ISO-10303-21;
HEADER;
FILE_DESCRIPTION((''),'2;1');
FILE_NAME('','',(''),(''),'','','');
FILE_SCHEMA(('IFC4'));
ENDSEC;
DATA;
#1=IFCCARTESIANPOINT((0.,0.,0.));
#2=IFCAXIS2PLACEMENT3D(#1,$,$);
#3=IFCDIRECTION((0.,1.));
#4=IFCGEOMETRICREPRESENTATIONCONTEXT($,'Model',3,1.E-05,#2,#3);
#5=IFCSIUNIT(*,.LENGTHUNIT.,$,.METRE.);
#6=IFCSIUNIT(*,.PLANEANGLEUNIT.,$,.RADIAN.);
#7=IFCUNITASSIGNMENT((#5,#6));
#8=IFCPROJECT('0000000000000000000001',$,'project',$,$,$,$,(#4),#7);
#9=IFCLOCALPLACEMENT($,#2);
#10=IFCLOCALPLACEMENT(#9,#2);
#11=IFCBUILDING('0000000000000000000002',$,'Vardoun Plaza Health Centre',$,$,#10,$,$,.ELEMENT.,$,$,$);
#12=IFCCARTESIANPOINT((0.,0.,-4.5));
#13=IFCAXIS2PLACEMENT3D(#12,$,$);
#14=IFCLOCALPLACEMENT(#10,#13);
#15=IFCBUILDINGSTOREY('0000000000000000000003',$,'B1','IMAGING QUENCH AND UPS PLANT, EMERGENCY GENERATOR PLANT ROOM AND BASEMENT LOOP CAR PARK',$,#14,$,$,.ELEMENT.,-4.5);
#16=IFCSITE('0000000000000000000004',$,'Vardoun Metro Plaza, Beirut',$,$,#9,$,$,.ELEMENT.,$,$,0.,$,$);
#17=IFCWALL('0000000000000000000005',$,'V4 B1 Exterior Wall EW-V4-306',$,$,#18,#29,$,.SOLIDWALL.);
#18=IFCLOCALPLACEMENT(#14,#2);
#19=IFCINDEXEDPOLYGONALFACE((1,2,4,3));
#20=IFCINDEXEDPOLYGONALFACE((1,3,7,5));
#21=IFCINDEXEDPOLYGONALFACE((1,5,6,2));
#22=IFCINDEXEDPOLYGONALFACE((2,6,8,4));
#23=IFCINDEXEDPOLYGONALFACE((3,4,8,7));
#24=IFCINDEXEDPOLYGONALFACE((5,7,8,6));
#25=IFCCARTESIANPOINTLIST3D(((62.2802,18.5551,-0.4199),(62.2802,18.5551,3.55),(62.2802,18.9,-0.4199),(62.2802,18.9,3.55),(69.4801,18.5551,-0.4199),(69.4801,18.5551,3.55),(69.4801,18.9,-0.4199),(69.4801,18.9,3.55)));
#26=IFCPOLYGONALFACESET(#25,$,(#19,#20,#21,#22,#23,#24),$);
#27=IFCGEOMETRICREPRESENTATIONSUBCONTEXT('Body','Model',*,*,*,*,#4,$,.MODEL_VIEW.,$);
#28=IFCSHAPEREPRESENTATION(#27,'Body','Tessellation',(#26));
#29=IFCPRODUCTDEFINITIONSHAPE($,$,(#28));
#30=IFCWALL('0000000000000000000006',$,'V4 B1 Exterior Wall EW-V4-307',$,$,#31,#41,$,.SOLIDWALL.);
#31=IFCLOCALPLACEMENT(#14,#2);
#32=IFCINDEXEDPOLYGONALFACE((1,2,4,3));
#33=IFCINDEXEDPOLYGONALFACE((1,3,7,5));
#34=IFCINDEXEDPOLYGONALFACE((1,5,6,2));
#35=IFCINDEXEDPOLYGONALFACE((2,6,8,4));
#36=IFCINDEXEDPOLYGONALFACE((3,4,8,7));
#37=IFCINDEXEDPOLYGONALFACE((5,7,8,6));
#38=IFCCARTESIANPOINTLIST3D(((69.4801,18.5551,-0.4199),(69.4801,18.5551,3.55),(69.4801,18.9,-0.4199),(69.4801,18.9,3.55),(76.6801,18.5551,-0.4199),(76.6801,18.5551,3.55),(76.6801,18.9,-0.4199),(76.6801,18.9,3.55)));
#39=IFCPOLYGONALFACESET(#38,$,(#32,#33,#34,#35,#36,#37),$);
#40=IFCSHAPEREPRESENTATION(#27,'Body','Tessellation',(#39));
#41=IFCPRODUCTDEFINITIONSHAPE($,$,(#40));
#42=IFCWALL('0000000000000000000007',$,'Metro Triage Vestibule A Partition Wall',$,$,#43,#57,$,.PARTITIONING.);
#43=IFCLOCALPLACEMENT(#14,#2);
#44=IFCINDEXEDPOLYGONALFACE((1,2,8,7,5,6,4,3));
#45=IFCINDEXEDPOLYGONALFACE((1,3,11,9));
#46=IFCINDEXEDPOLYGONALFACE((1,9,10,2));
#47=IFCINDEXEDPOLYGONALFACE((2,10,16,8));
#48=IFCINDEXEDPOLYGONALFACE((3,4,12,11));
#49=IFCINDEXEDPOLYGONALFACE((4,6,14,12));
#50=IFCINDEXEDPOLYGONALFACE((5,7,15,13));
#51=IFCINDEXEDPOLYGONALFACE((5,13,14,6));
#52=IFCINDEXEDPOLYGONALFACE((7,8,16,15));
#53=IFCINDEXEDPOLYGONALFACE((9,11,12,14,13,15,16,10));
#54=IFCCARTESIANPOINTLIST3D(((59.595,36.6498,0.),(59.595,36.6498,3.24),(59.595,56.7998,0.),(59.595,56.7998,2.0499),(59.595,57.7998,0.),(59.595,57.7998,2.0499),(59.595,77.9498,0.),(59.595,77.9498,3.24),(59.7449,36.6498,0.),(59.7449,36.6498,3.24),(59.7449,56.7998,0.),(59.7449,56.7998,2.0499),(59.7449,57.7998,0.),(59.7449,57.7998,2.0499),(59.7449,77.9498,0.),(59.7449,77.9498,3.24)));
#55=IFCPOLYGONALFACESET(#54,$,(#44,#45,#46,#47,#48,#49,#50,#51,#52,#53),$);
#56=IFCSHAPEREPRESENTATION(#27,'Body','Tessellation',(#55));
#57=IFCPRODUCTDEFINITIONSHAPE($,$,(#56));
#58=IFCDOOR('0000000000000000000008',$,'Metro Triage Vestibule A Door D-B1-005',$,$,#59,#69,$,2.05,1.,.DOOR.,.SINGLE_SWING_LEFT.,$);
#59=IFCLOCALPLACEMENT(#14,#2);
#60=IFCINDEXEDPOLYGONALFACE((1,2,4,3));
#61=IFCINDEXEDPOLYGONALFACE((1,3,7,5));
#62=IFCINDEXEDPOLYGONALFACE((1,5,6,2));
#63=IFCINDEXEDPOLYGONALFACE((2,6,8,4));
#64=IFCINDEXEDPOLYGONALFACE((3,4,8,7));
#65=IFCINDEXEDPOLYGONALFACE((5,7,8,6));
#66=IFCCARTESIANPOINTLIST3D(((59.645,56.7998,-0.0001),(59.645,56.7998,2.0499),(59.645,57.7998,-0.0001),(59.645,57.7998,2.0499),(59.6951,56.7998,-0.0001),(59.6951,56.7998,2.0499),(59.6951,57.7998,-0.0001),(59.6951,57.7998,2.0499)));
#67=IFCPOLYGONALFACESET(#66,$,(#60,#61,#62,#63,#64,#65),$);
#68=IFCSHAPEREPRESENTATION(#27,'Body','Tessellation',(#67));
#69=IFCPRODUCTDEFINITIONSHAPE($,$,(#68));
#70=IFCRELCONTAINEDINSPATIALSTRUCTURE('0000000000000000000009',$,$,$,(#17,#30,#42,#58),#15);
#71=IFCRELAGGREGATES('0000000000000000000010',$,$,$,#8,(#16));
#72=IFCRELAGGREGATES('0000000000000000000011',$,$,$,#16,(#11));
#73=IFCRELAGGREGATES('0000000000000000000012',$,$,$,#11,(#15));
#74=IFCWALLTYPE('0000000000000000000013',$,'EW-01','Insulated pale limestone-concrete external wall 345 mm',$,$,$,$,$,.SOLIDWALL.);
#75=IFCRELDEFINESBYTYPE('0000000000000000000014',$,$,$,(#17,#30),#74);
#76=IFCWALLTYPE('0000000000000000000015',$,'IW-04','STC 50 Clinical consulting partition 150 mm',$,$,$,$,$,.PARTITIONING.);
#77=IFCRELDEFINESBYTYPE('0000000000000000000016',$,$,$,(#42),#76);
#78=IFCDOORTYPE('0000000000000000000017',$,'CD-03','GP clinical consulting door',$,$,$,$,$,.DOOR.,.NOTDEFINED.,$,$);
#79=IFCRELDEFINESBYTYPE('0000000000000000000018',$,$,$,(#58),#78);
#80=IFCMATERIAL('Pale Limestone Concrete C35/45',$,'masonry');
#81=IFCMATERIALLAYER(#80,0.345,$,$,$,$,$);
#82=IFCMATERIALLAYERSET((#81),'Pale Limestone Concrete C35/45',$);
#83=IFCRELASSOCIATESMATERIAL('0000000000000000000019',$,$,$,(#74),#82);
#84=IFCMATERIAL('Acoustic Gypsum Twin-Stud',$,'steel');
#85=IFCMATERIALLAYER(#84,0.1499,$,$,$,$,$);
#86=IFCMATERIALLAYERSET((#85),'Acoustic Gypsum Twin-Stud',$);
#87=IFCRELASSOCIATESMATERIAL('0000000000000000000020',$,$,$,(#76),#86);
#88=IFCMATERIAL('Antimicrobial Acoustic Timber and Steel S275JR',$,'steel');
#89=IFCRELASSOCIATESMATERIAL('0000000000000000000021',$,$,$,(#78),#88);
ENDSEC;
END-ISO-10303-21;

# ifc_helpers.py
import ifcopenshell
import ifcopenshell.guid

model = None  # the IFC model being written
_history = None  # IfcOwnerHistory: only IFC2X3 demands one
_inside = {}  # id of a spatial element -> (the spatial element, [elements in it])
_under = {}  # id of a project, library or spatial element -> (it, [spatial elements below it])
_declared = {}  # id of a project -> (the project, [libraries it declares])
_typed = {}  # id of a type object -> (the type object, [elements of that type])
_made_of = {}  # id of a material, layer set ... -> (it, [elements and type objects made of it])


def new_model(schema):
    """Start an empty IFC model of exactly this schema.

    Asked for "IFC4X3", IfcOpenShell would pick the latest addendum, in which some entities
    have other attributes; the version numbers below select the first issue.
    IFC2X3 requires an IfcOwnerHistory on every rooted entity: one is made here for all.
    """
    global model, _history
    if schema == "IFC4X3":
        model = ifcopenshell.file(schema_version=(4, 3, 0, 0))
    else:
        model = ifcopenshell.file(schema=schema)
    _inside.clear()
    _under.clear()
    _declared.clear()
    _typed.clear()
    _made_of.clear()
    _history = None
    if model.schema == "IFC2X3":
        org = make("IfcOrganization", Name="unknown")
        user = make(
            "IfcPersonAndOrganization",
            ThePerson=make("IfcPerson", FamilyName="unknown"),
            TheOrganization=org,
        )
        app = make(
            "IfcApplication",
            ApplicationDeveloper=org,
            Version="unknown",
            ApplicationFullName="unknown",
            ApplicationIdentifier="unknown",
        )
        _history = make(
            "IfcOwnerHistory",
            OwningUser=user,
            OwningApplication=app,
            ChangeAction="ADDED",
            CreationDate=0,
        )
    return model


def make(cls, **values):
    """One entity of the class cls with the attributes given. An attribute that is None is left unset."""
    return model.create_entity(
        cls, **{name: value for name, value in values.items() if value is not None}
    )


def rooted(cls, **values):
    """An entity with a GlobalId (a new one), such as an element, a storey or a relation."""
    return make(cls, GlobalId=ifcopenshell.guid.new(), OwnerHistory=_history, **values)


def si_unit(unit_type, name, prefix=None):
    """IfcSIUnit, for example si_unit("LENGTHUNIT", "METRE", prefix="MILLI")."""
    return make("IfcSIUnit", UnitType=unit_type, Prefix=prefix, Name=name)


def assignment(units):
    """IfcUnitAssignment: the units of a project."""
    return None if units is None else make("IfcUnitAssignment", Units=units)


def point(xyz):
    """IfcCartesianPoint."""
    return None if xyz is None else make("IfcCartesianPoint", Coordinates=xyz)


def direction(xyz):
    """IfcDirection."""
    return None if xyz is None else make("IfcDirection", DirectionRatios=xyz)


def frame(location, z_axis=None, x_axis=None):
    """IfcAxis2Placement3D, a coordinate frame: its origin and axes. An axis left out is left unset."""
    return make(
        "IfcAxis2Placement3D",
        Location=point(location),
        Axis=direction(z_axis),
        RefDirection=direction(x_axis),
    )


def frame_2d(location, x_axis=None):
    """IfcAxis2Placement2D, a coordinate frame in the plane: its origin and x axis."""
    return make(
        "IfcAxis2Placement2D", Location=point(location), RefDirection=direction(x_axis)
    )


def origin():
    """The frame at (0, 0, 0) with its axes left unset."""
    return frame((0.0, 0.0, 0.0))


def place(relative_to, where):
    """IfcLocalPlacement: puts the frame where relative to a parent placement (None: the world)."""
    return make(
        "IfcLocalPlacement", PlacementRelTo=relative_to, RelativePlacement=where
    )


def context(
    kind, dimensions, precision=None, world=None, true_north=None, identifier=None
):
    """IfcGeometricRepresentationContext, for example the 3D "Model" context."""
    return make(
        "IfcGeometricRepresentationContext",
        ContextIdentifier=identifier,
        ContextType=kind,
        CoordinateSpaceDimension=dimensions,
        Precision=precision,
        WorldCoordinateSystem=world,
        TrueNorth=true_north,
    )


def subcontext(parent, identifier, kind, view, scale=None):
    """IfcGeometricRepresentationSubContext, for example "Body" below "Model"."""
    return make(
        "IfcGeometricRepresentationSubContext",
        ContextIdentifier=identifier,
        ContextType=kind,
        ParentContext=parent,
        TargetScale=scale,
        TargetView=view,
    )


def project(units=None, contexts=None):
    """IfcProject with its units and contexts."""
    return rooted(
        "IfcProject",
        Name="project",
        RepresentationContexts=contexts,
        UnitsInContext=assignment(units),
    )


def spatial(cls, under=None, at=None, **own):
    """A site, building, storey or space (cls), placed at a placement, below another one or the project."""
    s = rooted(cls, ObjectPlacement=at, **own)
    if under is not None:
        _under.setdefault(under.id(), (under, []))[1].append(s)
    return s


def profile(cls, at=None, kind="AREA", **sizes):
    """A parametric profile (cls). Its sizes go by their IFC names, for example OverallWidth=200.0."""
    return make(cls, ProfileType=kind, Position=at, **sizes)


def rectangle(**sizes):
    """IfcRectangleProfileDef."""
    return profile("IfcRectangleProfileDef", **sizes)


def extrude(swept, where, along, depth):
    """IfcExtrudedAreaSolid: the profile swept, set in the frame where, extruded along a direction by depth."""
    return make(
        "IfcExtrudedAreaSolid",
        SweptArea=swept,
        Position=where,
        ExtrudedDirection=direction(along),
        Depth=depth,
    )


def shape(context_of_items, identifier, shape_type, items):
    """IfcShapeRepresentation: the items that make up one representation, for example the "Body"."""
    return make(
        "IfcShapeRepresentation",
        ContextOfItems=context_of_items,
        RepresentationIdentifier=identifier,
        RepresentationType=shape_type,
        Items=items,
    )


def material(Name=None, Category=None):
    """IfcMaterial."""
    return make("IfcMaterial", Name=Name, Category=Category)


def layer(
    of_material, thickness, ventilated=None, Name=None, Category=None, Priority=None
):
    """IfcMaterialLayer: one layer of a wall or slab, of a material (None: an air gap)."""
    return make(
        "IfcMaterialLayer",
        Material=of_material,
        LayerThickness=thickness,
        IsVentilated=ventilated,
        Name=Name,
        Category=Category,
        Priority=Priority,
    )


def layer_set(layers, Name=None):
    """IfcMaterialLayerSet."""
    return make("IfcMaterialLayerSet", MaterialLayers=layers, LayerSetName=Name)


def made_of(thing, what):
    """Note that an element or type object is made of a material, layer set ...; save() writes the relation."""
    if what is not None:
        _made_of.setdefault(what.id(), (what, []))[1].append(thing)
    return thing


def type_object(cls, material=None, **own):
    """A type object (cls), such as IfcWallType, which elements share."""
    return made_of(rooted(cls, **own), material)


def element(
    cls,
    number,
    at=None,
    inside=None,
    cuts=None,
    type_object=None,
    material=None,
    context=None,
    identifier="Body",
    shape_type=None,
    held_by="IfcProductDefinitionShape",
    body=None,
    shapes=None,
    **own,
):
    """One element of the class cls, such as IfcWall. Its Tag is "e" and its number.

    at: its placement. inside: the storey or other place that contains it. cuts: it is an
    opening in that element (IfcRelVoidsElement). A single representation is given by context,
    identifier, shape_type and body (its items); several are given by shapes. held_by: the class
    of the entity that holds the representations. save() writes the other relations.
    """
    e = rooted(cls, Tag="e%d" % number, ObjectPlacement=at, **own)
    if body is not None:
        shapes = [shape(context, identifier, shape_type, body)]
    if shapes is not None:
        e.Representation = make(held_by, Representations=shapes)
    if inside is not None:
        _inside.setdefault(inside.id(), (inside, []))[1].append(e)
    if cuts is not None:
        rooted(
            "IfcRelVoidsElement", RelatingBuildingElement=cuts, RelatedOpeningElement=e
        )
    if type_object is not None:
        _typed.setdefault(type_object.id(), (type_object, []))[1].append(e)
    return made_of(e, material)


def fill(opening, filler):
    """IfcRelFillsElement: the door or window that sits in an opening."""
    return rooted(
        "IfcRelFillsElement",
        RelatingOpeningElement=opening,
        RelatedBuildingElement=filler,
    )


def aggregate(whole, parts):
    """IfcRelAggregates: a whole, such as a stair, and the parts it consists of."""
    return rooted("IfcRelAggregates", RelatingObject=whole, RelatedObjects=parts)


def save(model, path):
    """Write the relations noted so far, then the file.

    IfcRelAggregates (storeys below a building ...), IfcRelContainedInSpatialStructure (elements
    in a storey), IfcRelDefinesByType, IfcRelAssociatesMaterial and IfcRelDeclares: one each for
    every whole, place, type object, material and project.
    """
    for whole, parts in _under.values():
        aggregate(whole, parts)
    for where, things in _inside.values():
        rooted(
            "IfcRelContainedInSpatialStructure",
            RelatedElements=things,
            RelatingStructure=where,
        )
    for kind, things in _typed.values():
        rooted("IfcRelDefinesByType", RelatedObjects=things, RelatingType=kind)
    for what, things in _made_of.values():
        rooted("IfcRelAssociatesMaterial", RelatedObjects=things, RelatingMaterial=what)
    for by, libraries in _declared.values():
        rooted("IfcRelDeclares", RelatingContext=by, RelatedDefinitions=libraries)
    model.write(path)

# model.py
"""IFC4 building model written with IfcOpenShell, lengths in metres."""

from ifc_helpers import new_model, si_unit, direction, frame, frame_2d, origin, place, context, subcontext, project, spatial, rectangle, extrude, material, layer, layer_set, type_object, element, fill, save


model = new_model("IFC4")

# Units and contexts
model_context = context("Model", 3, precision=1e-05, world=origin(), true_north=direction((0.0, 1.0)))
body_context = subcontext(model_context, "Body", "Model", "MODEL_VIEW")
ifc_project = project(units=[si_unit("LENGTHUNIT", "METRE"), si_unit("PLANEANGLEUNIT", "RADIAN")], contexts=[model_context])

# Site, building, storey
site_placement = place(None, origin())
site = spatial("IfcSite", under=ifc_project, at=site_placement, Name="Vardoun Metro Plaza, Beirut", CompositionType="ELEMENT", RefElevation=0.0)
building_placement = place(site_placement, origin())
building = spatial("IfcBuilding", under=site, at=building_placement, Name="Vardoun Plaza Health Centre", CompositionType="ELEMENT")
storey_placement = place(building_placement, frame((0.0, 0.0, -4.5)))
storey = spatial("IfcBuildingStorey", under=building, at=storey_placement, Name="B1", Description="IMAGING QUENCH AND UPS PLANT, EMERGENCY GENERATOR PLANT ROOM AND BASEMENT LOOP CAR PARK", CompositionType="ELEMENT", Elevation=-4.5)

# Walls
ifc_material_1 = material(Name="Pale Limestone Concrete C35/45", Category="masonry")
ifc_layer_1 = layer(ifc_material_1, 0.345)
ifc_layer_set_1 = layer_set([ifc_layer_1], Name="Pale Limestone Concrete C35/45")
wall_type_1 = type_object("IfcWallType", Name="EW-01", Description="Insulated pale limestone-concrete external wall 345 mm", PredefinedType="SOLIDWALL", material=ifc_layer_set_1)
for number, where, z_axis, x_axis, name in (
    (1, (62.28, 18.7275, -0.4199), (0.0, 0.0, 1.0), (1.0, 0.0, 0.0), "V4 B1 Exterior Wall EW-V4-306"),
    (2, (69.48, 18.7275, -0.4199), (0.0, 0.0, 1.0), (1.0, 0.0, 0.0), "V4 B1 Exterior Wall EW-V4-307"),
):
    element("IfcWall", number, at=place(storey_placement, frame(where, z_axis=z_axis, x_axis=x_axis)), inside=storey, type_object=wall_type_1, Name=name, PredefinedType="SOLIDWALL", context=body_context, shape_type="SweptSolid", body=[
        extrude(rectangle(XDim=7.2, YDim=0.345, at=frame_2d((3.6001, 0.0))), origin(), (0.0, 0.0, 1.0), 3.97),
    ])

# Wall, opening, door
ifc_material_2 = material(Name="Acoustic Gypsum Twin-Stud", Category="steel")
ifc_layer_2 = layer(ifc_material_2, 0.1499)
ifc_layer_set_2 = layer_set([ifc_layer_2], Name="Acoustic Gypsum Twin-Stud")
wall_type_2 = type_object("IfcWallType", Name="IW-04", Description="STC 50 Clinical consulting partition 150 mm", PredefinedType="PARTITIONING", material=ifc_layer_set_2)
wall_1_placement = place(storey_placement, frame((59.6699, 36.6499, 0.0), z_axis=(0.0, 0.0, 1.0), x_axis=(0.0, 1.0, 0.0)))
wall_1 = element("IfcWall", 3, at=wall_1_placement, inside=storey, type_object=wall_type_2, Name="Metro Triage Vestibule A Partition Wall", PredefinedType="PARTITIONING", context=body_context, shape_type="SweptSolid", body=[
    extrude(rectangle(XDim=41.3, YDim=0.1499, at=frame_2d((20.6499, 0.0))), origin(), (0.0, 0.0, 1.0), 3.24),
])
opening_1_placement = place(wall_1_placement, frame((20.1499, 0.0, 0.0)))
opening_1 = element("IfcOpeningElement", 4, at=opening_1_placement, cuts=wall_1, PredefinedType="OPENING", context=body_context, shape_type="SweptSolid", body=[
    extrude(rectangle(XDim=1.0, YDim=2.05, at=frame_2d((0.5, 1.0249))), frame((0.0, 0.075, 0.0), z_axis=(0.0, -1.0, 0.0), x_axis=(1.0, 0.0, 0.0)), (0.0, 0.0, 1.0), 0.1499),
])
ifc_material_3 = material(Name="Antimicrobial Acoustic Timber and Steel S275JR", Category="steel")
door_type_1 = type_object("IfcDoorType", Name="CD-03", Description="GP clinical consulting door", OperationType="NOTDEFINED", PredefinedType="DOOR", material=ifc_material_3)
door_1_placement = place(opening_1_placement, origin())
door_1 = element("IfcDoor", 5, at=door_1_placement, inside=storey, type_object=door_type_1, Name="Metro Triage Vestibule A Door D-B1-005", OperationType="SINGLE_SWING_LEFT", OverallHeight=2.05, OverallWidth=1.0, PredefinedType="DOOR", context=body_context, shape_type="SweptSolid", body=[
    extrude(rectangle(XDim=1.0, YDim=2.05, at=frame_2d((0.5, 1.0249))), frame((0.0, 0.0249, 0.0), z_axis=(0.0, -1.0, 0.0), x_axis=(1.0, 0.0, 0.0)), (0.0, 0.0, 1.0), 0.05),
])
fill(opening_1, door_1)

save(model, "model.ifc")
